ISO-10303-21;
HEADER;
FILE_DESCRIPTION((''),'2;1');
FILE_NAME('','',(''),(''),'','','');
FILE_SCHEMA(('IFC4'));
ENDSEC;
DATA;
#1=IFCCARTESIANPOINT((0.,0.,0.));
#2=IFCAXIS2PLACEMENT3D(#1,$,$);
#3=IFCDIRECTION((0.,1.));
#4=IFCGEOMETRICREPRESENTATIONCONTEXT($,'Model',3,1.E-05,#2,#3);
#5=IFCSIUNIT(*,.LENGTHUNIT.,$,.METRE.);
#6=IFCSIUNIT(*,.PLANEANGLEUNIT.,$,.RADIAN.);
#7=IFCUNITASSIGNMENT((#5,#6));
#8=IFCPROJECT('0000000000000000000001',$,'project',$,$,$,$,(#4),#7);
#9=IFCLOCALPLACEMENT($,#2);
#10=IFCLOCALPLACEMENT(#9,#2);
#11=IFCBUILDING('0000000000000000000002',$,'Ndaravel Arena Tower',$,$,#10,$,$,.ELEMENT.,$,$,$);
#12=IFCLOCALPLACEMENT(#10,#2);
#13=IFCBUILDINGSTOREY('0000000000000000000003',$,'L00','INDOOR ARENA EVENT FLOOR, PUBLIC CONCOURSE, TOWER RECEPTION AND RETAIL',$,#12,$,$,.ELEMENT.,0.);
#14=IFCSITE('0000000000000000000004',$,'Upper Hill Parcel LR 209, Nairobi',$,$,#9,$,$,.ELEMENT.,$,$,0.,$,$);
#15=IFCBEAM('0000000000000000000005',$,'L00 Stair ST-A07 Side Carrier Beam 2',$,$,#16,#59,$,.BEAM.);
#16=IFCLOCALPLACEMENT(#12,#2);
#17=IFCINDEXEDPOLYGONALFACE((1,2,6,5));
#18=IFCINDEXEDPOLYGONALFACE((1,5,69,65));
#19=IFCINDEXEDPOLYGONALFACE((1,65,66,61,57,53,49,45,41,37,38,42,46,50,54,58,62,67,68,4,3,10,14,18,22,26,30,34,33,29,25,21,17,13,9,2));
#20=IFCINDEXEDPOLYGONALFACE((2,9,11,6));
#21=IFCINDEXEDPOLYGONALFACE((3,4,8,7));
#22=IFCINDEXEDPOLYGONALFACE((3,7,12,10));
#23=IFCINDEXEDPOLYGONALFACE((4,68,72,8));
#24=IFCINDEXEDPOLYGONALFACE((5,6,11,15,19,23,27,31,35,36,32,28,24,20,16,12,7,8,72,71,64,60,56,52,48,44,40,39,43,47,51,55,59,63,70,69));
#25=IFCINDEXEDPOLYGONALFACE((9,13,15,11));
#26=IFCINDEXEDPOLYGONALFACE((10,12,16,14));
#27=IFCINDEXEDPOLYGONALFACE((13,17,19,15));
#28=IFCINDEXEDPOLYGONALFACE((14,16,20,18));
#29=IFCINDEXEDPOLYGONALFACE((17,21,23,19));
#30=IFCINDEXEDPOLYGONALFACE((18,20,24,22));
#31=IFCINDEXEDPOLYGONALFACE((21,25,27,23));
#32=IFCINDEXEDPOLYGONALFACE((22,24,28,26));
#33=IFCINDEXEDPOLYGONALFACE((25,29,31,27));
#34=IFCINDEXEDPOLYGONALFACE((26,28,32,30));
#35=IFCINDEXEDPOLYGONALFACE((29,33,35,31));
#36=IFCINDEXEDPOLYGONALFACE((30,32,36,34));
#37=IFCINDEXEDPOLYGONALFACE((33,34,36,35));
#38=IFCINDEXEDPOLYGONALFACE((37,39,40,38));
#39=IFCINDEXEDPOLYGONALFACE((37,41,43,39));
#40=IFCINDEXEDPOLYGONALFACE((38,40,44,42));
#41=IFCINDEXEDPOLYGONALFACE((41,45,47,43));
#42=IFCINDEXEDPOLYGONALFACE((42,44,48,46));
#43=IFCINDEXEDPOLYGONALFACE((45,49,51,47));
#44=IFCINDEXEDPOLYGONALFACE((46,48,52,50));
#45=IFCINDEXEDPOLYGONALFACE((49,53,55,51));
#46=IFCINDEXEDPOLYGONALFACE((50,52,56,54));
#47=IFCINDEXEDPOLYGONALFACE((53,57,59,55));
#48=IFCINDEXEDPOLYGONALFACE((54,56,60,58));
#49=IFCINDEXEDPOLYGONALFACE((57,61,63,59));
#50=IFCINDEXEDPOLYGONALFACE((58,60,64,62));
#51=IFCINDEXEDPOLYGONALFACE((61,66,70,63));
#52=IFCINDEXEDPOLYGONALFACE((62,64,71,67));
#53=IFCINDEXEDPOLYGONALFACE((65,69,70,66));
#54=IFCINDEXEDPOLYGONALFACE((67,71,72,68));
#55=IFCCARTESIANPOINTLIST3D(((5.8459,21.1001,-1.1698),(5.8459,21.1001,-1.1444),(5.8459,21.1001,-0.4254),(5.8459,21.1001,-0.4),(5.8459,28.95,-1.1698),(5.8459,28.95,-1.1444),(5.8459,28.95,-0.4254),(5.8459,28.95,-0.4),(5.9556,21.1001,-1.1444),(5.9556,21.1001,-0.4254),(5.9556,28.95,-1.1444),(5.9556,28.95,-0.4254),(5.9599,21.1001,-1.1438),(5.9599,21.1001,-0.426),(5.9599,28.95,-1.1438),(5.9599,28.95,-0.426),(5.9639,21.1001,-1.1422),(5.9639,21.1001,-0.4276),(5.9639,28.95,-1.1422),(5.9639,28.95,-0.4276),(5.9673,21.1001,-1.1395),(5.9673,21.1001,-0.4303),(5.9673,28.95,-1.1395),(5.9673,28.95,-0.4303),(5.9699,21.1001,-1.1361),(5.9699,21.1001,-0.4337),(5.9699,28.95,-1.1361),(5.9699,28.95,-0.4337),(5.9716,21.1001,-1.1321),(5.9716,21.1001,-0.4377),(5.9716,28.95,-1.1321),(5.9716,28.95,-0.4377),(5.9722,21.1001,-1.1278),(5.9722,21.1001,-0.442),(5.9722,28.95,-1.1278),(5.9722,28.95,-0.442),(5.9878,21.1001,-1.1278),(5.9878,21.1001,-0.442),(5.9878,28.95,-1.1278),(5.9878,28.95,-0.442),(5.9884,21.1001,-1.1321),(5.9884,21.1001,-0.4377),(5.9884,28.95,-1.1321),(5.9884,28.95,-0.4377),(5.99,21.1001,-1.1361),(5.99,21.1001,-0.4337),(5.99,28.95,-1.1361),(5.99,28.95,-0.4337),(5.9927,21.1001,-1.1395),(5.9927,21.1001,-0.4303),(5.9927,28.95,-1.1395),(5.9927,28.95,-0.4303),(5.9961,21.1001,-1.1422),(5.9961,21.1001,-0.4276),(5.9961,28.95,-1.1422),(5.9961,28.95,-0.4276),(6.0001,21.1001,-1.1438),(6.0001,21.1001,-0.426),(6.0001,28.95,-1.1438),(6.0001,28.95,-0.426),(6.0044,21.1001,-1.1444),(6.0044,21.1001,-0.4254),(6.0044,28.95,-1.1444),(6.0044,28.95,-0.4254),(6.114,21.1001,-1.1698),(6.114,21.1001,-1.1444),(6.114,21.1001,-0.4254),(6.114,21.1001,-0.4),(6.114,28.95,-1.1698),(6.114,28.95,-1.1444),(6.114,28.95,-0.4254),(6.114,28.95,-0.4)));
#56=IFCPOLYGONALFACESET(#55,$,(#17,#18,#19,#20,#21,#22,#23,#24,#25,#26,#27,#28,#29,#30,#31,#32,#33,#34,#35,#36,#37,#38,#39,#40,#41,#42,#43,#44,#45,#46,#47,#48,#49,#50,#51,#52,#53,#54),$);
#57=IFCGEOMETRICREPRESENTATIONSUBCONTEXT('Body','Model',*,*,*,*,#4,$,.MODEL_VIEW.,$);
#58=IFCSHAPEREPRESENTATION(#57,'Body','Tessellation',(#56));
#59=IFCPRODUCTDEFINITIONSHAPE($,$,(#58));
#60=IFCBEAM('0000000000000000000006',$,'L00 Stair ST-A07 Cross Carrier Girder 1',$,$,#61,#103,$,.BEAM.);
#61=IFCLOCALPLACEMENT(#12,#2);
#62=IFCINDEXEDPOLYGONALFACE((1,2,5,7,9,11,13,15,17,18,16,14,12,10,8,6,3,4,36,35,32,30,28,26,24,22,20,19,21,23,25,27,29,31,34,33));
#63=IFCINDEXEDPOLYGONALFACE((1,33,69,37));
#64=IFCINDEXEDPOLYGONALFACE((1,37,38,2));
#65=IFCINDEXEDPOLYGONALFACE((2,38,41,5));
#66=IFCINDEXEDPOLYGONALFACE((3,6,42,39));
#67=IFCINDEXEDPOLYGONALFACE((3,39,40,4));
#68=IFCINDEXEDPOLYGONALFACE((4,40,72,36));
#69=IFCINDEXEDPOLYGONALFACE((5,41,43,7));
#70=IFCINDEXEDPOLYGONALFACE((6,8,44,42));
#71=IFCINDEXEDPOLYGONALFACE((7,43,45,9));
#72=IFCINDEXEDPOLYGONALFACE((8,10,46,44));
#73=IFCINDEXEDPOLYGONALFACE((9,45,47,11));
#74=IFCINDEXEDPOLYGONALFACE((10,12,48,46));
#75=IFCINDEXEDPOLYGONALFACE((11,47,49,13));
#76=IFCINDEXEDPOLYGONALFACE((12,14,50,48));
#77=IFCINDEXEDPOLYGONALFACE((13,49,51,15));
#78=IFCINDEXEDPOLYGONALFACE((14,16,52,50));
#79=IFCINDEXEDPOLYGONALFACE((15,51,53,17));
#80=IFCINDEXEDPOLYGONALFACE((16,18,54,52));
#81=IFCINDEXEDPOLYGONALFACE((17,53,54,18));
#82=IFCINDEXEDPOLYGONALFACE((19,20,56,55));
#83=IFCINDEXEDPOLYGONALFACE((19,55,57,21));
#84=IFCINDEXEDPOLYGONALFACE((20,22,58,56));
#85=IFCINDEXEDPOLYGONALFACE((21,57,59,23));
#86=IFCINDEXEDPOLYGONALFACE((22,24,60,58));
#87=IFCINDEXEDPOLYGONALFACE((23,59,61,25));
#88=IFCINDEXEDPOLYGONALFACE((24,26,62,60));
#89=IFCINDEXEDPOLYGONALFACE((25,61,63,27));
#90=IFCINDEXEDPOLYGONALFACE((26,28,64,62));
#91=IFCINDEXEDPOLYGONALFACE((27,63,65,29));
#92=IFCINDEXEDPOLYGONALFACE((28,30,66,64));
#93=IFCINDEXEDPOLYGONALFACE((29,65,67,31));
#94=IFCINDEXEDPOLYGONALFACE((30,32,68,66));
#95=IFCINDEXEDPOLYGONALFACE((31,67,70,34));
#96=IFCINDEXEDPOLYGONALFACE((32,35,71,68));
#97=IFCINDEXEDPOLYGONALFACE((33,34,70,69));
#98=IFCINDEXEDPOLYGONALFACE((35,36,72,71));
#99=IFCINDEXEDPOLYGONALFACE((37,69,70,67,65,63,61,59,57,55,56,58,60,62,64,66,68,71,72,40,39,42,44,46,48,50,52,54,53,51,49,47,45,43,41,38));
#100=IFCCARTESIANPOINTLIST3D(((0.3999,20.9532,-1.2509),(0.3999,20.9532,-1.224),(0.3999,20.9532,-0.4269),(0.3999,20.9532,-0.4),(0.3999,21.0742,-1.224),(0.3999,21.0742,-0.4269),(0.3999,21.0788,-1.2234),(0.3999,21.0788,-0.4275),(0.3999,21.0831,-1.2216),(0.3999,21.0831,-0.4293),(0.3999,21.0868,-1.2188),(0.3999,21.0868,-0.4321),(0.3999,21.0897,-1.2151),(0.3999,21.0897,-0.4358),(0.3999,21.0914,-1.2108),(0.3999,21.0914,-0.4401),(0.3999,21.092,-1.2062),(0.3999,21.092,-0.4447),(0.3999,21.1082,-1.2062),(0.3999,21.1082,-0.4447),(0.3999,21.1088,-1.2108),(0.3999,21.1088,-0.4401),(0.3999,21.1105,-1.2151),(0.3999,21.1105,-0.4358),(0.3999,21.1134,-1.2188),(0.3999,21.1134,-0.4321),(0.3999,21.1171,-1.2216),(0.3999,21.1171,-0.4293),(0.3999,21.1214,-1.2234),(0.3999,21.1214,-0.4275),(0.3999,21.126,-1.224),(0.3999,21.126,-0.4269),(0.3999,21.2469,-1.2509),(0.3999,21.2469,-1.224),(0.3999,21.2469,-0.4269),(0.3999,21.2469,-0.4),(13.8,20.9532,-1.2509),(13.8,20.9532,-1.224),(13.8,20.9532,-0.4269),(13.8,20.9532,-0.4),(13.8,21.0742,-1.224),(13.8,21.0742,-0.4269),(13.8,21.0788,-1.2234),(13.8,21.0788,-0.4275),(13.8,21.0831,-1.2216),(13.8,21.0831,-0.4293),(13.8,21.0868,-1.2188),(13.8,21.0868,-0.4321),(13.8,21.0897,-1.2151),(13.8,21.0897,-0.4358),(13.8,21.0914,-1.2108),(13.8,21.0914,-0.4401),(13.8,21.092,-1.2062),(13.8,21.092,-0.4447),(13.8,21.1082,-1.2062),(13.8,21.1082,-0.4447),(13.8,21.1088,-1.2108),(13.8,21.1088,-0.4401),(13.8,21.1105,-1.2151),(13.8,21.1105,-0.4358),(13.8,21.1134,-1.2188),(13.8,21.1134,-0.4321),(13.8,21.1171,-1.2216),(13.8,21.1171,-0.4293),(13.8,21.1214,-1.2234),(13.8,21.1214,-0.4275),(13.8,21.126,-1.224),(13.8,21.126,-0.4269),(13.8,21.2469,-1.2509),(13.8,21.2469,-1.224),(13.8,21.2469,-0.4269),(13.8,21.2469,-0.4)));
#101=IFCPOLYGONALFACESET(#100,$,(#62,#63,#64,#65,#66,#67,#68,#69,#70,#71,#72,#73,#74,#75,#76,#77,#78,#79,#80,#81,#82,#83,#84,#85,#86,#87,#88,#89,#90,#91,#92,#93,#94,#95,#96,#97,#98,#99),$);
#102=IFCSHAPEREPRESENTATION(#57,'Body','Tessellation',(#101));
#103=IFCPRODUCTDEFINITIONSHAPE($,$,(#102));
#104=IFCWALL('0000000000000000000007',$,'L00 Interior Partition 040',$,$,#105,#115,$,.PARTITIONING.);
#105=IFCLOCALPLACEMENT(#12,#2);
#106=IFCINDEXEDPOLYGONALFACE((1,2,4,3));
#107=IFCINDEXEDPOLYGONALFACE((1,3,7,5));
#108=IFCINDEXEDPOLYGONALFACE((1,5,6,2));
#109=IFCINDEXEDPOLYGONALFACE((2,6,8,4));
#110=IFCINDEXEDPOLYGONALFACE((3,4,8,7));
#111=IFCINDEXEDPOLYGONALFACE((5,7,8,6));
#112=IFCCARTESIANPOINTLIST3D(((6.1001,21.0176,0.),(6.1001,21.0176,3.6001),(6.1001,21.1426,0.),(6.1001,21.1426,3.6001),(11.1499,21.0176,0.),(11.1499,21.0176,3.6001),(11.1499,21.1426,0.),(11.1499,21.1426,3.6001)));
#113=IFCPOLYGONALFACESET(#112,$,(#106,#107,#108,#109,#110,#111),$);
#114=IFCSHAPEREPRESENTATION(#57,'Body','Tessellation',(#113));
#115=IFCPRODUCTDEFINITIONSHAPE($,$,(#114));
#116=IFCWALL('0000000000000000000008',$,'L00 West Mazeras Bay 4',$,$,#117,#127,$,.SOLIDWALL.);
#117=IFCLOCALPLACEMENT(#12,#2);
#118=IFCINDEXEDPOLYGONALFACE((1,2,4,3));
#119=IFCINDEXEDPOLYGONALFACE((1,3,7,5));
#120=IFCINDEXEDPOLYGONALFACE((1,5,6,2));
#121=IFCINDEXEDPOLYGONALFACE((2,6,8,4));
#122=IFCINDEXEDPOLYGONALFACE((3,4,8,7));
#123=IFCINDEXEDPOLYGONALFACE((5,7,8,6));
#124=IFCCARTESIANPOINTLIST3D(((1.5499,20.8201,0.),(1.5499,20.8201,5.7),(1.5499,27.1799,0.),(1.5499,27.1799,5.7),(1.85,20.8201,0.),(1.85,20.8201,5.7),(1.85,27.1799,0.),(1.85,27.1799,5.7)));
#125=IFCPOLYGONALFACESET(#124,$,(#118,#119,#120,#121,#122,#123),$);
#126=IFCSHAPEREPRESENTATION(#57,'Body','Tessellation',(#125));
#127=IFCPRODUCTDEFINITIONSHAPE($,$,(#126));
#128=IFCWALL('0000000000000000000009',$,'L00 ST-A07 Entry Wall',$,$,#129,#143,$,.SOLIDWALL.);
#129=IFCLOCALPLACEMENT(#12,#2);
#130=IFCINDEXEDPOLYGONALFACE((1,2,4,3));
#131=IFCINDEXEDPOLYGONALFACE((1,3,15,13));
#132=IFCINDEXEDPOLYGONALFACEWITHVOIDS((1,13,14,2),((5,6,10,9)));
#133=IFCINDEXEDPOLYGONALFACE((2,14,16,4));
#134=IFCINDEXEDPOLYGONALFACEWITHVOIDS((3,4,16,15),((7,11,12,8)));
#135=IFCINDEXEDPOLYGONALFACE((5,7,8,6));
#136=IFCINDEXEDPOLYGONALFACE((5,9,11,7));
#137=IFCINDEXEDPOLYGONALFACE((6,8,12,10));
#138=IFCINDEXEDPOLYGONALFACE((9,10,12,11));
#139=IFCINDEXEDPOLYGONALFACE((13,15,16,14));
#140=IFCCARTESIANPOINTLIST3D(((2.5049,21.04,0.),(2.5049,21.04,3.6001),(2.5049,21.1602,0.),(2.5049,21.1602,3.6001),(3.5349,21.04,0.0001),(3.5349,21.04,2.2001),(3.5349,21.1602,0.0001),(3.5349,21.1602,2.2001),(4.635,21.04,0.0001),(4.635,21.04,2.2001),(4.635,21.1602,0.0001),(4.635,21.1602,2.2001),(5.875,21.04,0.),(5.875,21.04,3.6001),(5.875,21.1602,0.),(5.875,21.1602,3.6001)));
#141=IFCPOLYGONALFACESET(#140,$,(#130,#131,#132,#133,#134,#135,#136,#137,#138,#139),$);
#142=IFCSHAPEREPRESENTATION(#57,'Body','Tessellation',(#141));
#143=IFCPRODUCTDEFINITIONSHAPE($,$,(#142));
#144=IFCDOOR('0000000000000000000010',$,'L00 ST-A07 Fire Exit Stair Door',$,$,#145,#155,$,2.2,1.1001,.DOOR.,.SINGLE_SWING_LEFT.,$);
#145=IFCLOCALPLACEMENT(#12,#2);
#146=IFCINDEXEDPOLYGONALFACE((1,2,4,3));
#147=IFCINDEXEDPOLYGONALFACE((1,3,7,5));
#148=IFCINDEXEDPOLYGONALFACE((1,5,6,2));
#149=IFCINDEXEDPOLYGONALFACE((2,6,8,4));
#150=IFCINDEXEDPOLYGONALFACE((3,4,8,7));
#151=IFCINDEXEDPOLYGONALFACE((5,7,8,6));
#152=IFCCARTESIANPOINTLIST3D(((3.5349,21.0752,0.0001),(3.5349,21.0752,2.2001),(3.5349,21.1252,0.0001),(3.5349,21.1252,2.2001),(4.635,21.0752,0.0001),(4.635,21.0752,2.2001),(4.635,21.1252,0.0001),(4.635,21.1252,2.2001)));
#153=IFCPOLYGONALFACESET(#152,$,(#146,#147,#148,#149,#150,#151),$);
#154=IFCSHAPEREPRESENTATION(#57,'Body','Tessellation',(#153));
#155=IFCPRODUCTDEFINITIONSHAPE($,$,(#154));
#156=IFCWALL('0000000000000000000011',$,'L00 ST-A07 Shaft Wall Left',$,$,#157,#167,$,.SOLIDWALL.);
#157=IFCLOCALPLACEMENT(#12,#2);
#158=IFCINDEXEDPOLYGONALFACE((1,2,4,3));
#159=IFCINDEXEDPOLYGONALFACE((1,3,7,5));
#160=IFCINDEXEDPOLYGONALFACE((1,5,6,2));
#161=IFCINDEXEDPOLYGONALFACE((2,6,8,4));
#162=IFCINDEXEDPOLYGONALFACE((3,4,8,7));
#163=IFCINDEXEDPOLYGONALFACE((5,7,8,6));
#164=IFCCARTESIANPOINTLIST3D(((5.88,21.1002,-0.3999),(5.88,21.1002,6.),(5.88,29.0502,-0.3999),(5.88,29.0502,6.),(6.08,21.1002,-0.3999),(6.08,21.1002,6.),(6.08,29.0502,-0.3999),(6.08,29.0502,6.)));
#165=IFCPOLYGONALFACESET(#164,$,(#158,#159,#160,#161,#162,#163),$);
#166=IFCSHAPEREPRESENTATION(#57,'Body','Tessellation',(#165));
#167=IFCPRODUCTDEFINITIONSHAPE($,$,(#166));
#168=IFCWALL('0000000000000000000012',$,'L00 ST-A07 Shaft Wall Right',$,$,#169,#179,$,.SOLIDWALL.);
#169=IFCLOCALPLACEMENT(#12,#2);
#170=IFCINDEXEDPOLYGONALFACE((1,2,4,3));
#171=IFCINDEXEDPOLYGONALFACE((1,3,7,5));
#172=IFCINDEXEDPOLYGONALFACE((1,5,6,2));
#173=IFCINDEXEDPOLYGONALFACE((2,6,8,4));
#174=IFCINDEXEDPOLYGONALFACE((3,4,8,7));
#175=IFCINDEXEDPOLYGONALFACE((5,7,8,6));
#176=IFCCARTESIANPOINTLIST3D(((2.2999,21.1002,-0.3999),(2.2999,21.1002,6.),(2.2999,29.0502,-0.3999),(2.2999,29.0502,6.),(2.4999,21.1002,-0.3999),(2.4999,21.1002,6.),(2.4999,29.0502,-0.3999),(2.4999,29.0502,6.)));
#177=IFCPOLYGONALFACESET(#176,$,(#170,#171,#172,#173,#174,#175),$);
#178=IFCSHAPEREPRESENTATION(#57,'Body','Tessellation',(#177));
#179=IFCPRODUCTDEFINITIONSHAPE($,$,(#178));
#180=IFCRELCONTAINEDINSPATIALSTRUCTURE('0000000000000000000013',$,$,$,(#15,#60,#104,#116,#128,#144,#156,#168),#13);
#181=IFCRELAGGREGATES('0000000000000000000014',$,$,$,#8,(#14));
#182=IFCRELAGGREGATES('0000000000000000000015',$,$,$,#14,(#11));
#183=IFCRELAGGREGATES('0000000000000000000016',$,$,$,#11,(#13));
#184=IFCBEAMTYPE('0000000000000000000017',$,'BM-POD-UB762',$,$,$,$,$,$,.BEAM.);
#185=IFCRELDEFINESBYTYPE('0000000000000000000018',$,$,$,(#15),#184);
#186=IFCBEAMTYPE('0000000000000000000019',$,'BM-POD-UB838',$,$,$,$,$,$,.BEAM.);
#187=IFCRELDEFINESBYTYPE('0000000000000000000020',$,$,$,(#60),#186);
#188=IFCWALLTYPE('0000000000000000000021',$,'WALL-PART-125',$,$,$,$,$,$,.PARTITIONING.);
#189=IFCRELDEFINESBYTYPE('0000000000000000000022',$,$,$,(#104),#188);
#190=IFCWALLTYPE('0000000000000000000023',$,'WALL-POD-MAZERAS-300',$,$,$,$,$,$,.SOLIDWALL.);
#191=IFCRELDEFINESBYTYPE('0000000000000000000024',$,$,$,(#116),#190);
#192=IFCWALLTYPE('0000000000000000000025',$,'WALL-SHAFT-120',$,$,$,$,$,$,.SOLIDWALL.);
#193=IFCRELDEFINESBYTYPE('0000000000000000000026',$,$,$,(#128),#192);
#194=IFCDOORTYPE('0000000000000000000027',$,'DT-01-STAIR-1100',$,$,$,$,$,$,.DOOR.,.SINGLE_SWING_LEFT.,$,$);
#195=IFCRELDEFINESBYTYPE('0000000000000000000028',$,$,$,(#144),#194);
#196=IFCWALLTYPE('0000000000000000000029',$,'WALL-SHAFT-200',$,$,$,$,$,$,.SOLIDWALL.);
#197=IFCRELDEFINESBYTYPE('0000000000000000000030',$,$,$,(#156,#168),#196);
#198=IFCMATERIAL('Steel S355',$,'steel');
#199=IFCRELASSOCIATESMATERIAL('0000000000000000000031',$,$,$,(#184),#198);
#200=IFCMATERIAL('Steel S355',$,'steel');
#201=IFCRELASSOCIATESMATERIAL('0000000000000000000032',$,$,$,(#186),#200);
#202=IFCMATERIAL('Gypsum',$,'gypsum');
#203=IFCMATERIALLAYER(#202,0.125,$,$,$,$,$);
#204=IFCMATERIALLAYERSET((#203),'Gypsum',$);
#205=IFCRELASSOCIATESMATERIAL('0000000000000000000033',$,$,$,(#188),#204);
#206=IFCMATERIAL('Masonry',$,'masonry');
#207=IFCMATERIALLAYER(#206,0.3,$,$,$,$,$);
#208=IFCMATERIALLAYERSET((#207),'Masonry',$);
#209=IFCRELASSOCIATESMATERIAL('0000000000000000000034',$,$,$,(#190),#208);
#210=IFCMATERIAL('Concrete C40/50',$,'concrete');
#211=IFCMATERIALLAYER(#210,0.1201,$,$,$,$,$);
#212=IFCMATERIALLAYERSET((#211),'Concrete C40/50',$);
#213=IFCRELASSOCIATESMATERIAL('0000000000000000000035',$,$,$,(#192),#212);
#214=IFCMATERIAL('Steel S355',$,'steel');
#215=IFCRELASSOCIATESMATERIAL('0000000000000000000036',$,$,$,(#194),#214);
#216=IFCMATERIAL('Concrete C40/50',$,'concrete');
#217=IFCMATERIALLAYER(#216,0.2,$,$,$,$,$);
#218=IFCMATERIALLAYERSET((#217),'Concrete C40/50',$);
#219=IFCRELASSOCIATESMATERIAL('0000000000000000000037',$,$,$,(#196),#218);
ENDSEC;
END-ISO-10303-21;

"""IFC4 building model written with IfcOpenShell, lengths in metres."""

from ifc_helpers import new_model, si_unit, direction, frame, frame_2d, origin, origin_2d, place, context, subcontext, project, spatial, rectangle, i_section, extrude, material, layer, layer_set, material_profile, profile_set, type_object, element, fill, save


model = new_model("IFC4")

# Units and contexts
model_context = context("Model", 3, precision=1e-05, world=origin(), true_north=direction((0.0, 1.0)))
body_context = subcontext(model_context, "Body", "Model", "MODEL_VIEW")
ifc_project = project(units=[si_unit("LENGTHUNIT", "METRE"), si_unit("PLANEANGLEUNIT", "RADIAN")], contexts=[model_context])

# Site, building, storey
site_placement = place(None, origin())
site = spatial("IfcSite", under=ifc_project, at=site_placement, Name="Upper Hill Parcel LR 209, Nairobi", CompositionType="ELEMENT", RefElevation=0.0)
building_placement = place(site_placement, origin())
building = spatial("IfcBuilding", under=site, at=building_placement, Name="Ndaravel Arena Tower", CompositionType="ELEMENT")
storey_placement = place(building_placement, origin())
storey = spatial("IfcBuildingStorey", under=building, at=storey_placement, Name="L00", Description="INDOOR ARENA EVENT FLOOR, PUBLIC CONCOURSE, TOWER RECEPTION AND RETAIL", CompositionType="ELEMENT", Elevation=0.0)

# Beams
ifc_material_1 = material(Name="Steel S355", Category="steel")
ifc_material_profile_1 = material_profile(ifc_material_1, i_section(OverallWidth=0.2681, OverallDepth=0.7698, WebThickness=0.0156, FlangeThickness=0.0254, FilletRadius=0.0166, at=origin_2d()), Name="UB 762x267x197")
ifc_profile_set_1 = profile_set([ifc_material_profile_1], Name="Steel S355")
beam_type_1 = type_object("IfcBeamType", Name="BM-POD-UB762", PredefinedType="BEAM", material=ifc_profile_set_1)
for number, where, z_axis, x_axis, name in (
    (1, (5.98, 21.1001, -0.7849), (0.0, 1.0, 0.0), (-1.0, 0.0, 0.0), "L00 Stair ST-A07 Side Carrier Beam 2"),
):
    element("IfcBeam", number, at=place(storey_placement, frame(where, z_axis=z_axis, x_axis=x_axis)), inside=storey, type_object=beam_type_1, Name=name, PredefinedType="BEAM", context=body_context, shape_type="SweptSolid", body=[
        extrude(i_section(OverallWidth=0.2681, OverallDepth=0.7698, WebThickness=0.0156, FlangeThickness=0.0254, FilletRadius=0.0166, at=origin_2d()), origin(), (0.0, 0.0, 1.0), 7.8499),
    ])
ifc_material_2 = material(Name="Steel S355", Category="steel")
ifc_material_profile_2 = material_profile(ifc_material_2, i_section(OverallWidth=0.2937, OverallDepth=0.8508, WebThickness=0.0161, FlangeThickness=0.0269, FilletRadius=0.0178, at=origin_2d()), Name="UB 838x292x226")
ifc_profile_set_2 = profile_set([ifc_material_profile_2], Name="Steel S355")
beam_type_2 = type_object("IfcBeamType", Name="BM-POD-UB838", PredefinedType="BEAM", material=ifc_profile_set_2)
beam_1_placement = place(storey_placement, frame((0.3999, 21.1001, -0.8254), z_axis=(1.0, 0.0, 0.0), x_axis=(0.0, 1.0, 0.0)))
element("IfcBeam", 2, at=beam_1_placement, inside=storey, type_object=beam_type_2, Name="L00 Stair ST-A07 Cross Carrier Girder 1", PredefinedType="BEAM", context=body_context, shape_type="SweptSolid", body=[
    extrude(i_section(OverallWidth=0.2937, OverallDepth=0.8508, WebThickness=0.0161, FlangeThickness=0.0269, FilletRadius=0.0178, at=origin_2d()), origin(), (0.0, 0.0, 1.0), 13.4001),
])

# Walls
ifc_material_3 = material(Name="Gypsum", Category="gypsum")
ifc_layer_1 = layer(ifc_material_3, 0.125)
ifc_layer_set_1 = layer_set([ifc_layer_1], Name="Gypsum")
wall_type_1 = type_object("IfcWallType", Name="WALL-PART-125", PredefinedType="PARTITIONING", material=ifc_layer_set_1)
wall_1_placement = place(storey_placement, frame((6.1001, 21.0801, 0.0), z_axis=(0.0, 0.0, 1.0), x_axis=(1.0, 0.0, 0.0)))
element("IfcWall", 3, at=wall_1_placement, inside=storey, type_object=wall_type_1, Name="L00 Interior Partition 040", PredefinedType="PARTITIONING", context=body_context, shape_type="SweptSolid", body=[
    extrude(rectangle(XDim=5.0498, YDim=0.125, at=frame_2d((2.5249, 0.0))), origin(), (0.0, 0.0, 1.0), 3.6001),
])
ifc_material_4 = material(Name="Masonry", Category="masonry")
ifc_layer_2 = layer(ifc_material_4, 0.3)
ifc_layer_set_2 = layer_set([ifc_layer_2], Name="Masonry")
wall_type_2 = type_object("IfcWallType", Name="WALL-POD-MAZERAS-300", PredefinedType="SOLIDWALL", material=ifc_layer_set_2)
wall_2_placement = place(storey_placement, frame((1.7, 20.8201, 0.0), z_axis=(0.0, 0.0, 1.0), x_axis=(0.0, 1.0, 0.0)))
element("IfcWall", 4, at=wall_2_placement, inside=storey, type_object=wall_type_2, Name="L00 West Mazeras Bay 4", PredefinedType="SOLIDWALL", context=body_context, shape_type="SweptSolid", body=[
    extrude(rectangle(XDim=6.3599, YDim=0.3, at=frame_2d((3.1799, 0.0))), origin(), (0.0, 0.0, 1.0), 5.7),
])

# Wall, opening, door
ifc_material_5 = material(Name="Concrete C40/50", Category="concrete")
ifc_layer_3 = layer(ifc_material_5, 0.1201)
ifc_layer_set_3 = layer_set([ifc_layer_3], Name="Concrete C40/50")
wall_type_3 = type_object("IfcWallType", Name="WALL-SHAFT-120", PredefinedType="SOLIDWALL", material=ifc_layer_set_3)
wall_3_placement = place(storey_placement, frame((5.875, 21.1001, 0.0), z_axis=(0.0, 0.0, 1.0), x_axis=(-1.0, 0.0, 0.0)))
wall_3 = element("IfcWall", 5, at=wall_3_placement, inside=storey, type_object=wall_type_3, Name="L00 ST-A07 Entry Wall", PredefinedType="SOLIDWALL", context=body_context, shape_type="SweptSolid", body=[
    extrude(rectangle(XDim=3.3701, YDim=0.1201, at=frame_2d((1.6851, 0.0))), origin(), (0.0, 0.0, 1.0), 3.6001),
])
opening_1_placement = place(wall_3_placement, frame((1.24, 0.0, 0.0)))
opening_1 = element("IfcOpeningElement", 6, at=opening_1_placement, cuts=wall_3, PredefinedType="OPENING", context=body_context, shape_type="SweptSolid", body=[
    extrude(rectangle(XDim=1.1001, YDim=2.2, at=frame_2d((0.55, 1.1001))), frame((0.0, 0.0601, 0.0), z_axis=(0.0, -1.0, 0.0), x_axis=(1.0, 0.0, 0.0)), (0.0, 0.0, 1.0), 0.1201),
])
ifc_material_6 = material(Name="Steel S355", Category="steel")
door_type_1 = type_object("IfcDoorType", Name="DT-01-STAIR-1100", OperationType="SINGLE_SWING_LEFT", PredefinedType="DOOR", material=ifc_material_6)
door_1_placement = place(opening_1_placement, origin())
door_1 = element("IfcDoor", 7, at=door_1_placement, inside=storey, type_object=door_type_1, Name="L00 ST-A07 Fire Exit Stair Door", OperationType="SINGLE_SWING_LEFT", OverallHeight=2.2, OverallWidth=1.1001, PredefinedType="DOOR", context=body_context, shape_type="SweptSolid", body=[
    extrude(rectangle(XDim=1.1001, YDim=2.2, at=frame_2d((0.55, 1.1001))), frame((0.0, 0.0249, 0.0), z_axis=(0.0, -1.0, 0.0), x_axis=(1.0, 0.0, 0.0)), (0.0, 0.0, 1.0), 0.05),
])
fill(opening_1, door_1)

# Walls
ifc_material_7 = material(Name="Concrete C40/50", Category="concrete")
ifc_layer_4 = layer(ifc_material_7, 0.2)
ifc_layer_set_4 = layer_set([ifc_layer_4], Name="Concrete C40/50")
wall_type_4 = type_object("IfcWallType", Name="WALL-SHAFT-200", PredefinedType="SOLIDWALL", material=ifc_layer_set_4)
for number, where, z_axis, x_axis, name in (
    (8, (5.98, 21.1001, -0.3999), (0.0, 0.0, 1.0), (0.0, 1.0, 0.0), "L00 ST-A07 Shaft Wall Left"),
    (9, (2.3999, 21.1001, -0.3999), (0.0, 0.0, 1.0), (0.0, 1.0, 0.0), "L00 ST-A07 Shaft Wall Right"),
):
    element("IfcWall", number, at=place(storey_placement, frame(where, z_axis=z_axis, x_axis=x_axis)), inside=storey, type_object=wall_type_4, Name=name, PredefinedType="SOLIDWALL", context=body_context, shape_type="SweptSolid", body=[
        extrude(rectangle(XDim=7.95, YDim=0.2, at=frame_2d((3.9751, 0.0))), origin(), (0.0, 0.0, 1.0), 6.3999),
    ])

save(model, "model.ifc")
